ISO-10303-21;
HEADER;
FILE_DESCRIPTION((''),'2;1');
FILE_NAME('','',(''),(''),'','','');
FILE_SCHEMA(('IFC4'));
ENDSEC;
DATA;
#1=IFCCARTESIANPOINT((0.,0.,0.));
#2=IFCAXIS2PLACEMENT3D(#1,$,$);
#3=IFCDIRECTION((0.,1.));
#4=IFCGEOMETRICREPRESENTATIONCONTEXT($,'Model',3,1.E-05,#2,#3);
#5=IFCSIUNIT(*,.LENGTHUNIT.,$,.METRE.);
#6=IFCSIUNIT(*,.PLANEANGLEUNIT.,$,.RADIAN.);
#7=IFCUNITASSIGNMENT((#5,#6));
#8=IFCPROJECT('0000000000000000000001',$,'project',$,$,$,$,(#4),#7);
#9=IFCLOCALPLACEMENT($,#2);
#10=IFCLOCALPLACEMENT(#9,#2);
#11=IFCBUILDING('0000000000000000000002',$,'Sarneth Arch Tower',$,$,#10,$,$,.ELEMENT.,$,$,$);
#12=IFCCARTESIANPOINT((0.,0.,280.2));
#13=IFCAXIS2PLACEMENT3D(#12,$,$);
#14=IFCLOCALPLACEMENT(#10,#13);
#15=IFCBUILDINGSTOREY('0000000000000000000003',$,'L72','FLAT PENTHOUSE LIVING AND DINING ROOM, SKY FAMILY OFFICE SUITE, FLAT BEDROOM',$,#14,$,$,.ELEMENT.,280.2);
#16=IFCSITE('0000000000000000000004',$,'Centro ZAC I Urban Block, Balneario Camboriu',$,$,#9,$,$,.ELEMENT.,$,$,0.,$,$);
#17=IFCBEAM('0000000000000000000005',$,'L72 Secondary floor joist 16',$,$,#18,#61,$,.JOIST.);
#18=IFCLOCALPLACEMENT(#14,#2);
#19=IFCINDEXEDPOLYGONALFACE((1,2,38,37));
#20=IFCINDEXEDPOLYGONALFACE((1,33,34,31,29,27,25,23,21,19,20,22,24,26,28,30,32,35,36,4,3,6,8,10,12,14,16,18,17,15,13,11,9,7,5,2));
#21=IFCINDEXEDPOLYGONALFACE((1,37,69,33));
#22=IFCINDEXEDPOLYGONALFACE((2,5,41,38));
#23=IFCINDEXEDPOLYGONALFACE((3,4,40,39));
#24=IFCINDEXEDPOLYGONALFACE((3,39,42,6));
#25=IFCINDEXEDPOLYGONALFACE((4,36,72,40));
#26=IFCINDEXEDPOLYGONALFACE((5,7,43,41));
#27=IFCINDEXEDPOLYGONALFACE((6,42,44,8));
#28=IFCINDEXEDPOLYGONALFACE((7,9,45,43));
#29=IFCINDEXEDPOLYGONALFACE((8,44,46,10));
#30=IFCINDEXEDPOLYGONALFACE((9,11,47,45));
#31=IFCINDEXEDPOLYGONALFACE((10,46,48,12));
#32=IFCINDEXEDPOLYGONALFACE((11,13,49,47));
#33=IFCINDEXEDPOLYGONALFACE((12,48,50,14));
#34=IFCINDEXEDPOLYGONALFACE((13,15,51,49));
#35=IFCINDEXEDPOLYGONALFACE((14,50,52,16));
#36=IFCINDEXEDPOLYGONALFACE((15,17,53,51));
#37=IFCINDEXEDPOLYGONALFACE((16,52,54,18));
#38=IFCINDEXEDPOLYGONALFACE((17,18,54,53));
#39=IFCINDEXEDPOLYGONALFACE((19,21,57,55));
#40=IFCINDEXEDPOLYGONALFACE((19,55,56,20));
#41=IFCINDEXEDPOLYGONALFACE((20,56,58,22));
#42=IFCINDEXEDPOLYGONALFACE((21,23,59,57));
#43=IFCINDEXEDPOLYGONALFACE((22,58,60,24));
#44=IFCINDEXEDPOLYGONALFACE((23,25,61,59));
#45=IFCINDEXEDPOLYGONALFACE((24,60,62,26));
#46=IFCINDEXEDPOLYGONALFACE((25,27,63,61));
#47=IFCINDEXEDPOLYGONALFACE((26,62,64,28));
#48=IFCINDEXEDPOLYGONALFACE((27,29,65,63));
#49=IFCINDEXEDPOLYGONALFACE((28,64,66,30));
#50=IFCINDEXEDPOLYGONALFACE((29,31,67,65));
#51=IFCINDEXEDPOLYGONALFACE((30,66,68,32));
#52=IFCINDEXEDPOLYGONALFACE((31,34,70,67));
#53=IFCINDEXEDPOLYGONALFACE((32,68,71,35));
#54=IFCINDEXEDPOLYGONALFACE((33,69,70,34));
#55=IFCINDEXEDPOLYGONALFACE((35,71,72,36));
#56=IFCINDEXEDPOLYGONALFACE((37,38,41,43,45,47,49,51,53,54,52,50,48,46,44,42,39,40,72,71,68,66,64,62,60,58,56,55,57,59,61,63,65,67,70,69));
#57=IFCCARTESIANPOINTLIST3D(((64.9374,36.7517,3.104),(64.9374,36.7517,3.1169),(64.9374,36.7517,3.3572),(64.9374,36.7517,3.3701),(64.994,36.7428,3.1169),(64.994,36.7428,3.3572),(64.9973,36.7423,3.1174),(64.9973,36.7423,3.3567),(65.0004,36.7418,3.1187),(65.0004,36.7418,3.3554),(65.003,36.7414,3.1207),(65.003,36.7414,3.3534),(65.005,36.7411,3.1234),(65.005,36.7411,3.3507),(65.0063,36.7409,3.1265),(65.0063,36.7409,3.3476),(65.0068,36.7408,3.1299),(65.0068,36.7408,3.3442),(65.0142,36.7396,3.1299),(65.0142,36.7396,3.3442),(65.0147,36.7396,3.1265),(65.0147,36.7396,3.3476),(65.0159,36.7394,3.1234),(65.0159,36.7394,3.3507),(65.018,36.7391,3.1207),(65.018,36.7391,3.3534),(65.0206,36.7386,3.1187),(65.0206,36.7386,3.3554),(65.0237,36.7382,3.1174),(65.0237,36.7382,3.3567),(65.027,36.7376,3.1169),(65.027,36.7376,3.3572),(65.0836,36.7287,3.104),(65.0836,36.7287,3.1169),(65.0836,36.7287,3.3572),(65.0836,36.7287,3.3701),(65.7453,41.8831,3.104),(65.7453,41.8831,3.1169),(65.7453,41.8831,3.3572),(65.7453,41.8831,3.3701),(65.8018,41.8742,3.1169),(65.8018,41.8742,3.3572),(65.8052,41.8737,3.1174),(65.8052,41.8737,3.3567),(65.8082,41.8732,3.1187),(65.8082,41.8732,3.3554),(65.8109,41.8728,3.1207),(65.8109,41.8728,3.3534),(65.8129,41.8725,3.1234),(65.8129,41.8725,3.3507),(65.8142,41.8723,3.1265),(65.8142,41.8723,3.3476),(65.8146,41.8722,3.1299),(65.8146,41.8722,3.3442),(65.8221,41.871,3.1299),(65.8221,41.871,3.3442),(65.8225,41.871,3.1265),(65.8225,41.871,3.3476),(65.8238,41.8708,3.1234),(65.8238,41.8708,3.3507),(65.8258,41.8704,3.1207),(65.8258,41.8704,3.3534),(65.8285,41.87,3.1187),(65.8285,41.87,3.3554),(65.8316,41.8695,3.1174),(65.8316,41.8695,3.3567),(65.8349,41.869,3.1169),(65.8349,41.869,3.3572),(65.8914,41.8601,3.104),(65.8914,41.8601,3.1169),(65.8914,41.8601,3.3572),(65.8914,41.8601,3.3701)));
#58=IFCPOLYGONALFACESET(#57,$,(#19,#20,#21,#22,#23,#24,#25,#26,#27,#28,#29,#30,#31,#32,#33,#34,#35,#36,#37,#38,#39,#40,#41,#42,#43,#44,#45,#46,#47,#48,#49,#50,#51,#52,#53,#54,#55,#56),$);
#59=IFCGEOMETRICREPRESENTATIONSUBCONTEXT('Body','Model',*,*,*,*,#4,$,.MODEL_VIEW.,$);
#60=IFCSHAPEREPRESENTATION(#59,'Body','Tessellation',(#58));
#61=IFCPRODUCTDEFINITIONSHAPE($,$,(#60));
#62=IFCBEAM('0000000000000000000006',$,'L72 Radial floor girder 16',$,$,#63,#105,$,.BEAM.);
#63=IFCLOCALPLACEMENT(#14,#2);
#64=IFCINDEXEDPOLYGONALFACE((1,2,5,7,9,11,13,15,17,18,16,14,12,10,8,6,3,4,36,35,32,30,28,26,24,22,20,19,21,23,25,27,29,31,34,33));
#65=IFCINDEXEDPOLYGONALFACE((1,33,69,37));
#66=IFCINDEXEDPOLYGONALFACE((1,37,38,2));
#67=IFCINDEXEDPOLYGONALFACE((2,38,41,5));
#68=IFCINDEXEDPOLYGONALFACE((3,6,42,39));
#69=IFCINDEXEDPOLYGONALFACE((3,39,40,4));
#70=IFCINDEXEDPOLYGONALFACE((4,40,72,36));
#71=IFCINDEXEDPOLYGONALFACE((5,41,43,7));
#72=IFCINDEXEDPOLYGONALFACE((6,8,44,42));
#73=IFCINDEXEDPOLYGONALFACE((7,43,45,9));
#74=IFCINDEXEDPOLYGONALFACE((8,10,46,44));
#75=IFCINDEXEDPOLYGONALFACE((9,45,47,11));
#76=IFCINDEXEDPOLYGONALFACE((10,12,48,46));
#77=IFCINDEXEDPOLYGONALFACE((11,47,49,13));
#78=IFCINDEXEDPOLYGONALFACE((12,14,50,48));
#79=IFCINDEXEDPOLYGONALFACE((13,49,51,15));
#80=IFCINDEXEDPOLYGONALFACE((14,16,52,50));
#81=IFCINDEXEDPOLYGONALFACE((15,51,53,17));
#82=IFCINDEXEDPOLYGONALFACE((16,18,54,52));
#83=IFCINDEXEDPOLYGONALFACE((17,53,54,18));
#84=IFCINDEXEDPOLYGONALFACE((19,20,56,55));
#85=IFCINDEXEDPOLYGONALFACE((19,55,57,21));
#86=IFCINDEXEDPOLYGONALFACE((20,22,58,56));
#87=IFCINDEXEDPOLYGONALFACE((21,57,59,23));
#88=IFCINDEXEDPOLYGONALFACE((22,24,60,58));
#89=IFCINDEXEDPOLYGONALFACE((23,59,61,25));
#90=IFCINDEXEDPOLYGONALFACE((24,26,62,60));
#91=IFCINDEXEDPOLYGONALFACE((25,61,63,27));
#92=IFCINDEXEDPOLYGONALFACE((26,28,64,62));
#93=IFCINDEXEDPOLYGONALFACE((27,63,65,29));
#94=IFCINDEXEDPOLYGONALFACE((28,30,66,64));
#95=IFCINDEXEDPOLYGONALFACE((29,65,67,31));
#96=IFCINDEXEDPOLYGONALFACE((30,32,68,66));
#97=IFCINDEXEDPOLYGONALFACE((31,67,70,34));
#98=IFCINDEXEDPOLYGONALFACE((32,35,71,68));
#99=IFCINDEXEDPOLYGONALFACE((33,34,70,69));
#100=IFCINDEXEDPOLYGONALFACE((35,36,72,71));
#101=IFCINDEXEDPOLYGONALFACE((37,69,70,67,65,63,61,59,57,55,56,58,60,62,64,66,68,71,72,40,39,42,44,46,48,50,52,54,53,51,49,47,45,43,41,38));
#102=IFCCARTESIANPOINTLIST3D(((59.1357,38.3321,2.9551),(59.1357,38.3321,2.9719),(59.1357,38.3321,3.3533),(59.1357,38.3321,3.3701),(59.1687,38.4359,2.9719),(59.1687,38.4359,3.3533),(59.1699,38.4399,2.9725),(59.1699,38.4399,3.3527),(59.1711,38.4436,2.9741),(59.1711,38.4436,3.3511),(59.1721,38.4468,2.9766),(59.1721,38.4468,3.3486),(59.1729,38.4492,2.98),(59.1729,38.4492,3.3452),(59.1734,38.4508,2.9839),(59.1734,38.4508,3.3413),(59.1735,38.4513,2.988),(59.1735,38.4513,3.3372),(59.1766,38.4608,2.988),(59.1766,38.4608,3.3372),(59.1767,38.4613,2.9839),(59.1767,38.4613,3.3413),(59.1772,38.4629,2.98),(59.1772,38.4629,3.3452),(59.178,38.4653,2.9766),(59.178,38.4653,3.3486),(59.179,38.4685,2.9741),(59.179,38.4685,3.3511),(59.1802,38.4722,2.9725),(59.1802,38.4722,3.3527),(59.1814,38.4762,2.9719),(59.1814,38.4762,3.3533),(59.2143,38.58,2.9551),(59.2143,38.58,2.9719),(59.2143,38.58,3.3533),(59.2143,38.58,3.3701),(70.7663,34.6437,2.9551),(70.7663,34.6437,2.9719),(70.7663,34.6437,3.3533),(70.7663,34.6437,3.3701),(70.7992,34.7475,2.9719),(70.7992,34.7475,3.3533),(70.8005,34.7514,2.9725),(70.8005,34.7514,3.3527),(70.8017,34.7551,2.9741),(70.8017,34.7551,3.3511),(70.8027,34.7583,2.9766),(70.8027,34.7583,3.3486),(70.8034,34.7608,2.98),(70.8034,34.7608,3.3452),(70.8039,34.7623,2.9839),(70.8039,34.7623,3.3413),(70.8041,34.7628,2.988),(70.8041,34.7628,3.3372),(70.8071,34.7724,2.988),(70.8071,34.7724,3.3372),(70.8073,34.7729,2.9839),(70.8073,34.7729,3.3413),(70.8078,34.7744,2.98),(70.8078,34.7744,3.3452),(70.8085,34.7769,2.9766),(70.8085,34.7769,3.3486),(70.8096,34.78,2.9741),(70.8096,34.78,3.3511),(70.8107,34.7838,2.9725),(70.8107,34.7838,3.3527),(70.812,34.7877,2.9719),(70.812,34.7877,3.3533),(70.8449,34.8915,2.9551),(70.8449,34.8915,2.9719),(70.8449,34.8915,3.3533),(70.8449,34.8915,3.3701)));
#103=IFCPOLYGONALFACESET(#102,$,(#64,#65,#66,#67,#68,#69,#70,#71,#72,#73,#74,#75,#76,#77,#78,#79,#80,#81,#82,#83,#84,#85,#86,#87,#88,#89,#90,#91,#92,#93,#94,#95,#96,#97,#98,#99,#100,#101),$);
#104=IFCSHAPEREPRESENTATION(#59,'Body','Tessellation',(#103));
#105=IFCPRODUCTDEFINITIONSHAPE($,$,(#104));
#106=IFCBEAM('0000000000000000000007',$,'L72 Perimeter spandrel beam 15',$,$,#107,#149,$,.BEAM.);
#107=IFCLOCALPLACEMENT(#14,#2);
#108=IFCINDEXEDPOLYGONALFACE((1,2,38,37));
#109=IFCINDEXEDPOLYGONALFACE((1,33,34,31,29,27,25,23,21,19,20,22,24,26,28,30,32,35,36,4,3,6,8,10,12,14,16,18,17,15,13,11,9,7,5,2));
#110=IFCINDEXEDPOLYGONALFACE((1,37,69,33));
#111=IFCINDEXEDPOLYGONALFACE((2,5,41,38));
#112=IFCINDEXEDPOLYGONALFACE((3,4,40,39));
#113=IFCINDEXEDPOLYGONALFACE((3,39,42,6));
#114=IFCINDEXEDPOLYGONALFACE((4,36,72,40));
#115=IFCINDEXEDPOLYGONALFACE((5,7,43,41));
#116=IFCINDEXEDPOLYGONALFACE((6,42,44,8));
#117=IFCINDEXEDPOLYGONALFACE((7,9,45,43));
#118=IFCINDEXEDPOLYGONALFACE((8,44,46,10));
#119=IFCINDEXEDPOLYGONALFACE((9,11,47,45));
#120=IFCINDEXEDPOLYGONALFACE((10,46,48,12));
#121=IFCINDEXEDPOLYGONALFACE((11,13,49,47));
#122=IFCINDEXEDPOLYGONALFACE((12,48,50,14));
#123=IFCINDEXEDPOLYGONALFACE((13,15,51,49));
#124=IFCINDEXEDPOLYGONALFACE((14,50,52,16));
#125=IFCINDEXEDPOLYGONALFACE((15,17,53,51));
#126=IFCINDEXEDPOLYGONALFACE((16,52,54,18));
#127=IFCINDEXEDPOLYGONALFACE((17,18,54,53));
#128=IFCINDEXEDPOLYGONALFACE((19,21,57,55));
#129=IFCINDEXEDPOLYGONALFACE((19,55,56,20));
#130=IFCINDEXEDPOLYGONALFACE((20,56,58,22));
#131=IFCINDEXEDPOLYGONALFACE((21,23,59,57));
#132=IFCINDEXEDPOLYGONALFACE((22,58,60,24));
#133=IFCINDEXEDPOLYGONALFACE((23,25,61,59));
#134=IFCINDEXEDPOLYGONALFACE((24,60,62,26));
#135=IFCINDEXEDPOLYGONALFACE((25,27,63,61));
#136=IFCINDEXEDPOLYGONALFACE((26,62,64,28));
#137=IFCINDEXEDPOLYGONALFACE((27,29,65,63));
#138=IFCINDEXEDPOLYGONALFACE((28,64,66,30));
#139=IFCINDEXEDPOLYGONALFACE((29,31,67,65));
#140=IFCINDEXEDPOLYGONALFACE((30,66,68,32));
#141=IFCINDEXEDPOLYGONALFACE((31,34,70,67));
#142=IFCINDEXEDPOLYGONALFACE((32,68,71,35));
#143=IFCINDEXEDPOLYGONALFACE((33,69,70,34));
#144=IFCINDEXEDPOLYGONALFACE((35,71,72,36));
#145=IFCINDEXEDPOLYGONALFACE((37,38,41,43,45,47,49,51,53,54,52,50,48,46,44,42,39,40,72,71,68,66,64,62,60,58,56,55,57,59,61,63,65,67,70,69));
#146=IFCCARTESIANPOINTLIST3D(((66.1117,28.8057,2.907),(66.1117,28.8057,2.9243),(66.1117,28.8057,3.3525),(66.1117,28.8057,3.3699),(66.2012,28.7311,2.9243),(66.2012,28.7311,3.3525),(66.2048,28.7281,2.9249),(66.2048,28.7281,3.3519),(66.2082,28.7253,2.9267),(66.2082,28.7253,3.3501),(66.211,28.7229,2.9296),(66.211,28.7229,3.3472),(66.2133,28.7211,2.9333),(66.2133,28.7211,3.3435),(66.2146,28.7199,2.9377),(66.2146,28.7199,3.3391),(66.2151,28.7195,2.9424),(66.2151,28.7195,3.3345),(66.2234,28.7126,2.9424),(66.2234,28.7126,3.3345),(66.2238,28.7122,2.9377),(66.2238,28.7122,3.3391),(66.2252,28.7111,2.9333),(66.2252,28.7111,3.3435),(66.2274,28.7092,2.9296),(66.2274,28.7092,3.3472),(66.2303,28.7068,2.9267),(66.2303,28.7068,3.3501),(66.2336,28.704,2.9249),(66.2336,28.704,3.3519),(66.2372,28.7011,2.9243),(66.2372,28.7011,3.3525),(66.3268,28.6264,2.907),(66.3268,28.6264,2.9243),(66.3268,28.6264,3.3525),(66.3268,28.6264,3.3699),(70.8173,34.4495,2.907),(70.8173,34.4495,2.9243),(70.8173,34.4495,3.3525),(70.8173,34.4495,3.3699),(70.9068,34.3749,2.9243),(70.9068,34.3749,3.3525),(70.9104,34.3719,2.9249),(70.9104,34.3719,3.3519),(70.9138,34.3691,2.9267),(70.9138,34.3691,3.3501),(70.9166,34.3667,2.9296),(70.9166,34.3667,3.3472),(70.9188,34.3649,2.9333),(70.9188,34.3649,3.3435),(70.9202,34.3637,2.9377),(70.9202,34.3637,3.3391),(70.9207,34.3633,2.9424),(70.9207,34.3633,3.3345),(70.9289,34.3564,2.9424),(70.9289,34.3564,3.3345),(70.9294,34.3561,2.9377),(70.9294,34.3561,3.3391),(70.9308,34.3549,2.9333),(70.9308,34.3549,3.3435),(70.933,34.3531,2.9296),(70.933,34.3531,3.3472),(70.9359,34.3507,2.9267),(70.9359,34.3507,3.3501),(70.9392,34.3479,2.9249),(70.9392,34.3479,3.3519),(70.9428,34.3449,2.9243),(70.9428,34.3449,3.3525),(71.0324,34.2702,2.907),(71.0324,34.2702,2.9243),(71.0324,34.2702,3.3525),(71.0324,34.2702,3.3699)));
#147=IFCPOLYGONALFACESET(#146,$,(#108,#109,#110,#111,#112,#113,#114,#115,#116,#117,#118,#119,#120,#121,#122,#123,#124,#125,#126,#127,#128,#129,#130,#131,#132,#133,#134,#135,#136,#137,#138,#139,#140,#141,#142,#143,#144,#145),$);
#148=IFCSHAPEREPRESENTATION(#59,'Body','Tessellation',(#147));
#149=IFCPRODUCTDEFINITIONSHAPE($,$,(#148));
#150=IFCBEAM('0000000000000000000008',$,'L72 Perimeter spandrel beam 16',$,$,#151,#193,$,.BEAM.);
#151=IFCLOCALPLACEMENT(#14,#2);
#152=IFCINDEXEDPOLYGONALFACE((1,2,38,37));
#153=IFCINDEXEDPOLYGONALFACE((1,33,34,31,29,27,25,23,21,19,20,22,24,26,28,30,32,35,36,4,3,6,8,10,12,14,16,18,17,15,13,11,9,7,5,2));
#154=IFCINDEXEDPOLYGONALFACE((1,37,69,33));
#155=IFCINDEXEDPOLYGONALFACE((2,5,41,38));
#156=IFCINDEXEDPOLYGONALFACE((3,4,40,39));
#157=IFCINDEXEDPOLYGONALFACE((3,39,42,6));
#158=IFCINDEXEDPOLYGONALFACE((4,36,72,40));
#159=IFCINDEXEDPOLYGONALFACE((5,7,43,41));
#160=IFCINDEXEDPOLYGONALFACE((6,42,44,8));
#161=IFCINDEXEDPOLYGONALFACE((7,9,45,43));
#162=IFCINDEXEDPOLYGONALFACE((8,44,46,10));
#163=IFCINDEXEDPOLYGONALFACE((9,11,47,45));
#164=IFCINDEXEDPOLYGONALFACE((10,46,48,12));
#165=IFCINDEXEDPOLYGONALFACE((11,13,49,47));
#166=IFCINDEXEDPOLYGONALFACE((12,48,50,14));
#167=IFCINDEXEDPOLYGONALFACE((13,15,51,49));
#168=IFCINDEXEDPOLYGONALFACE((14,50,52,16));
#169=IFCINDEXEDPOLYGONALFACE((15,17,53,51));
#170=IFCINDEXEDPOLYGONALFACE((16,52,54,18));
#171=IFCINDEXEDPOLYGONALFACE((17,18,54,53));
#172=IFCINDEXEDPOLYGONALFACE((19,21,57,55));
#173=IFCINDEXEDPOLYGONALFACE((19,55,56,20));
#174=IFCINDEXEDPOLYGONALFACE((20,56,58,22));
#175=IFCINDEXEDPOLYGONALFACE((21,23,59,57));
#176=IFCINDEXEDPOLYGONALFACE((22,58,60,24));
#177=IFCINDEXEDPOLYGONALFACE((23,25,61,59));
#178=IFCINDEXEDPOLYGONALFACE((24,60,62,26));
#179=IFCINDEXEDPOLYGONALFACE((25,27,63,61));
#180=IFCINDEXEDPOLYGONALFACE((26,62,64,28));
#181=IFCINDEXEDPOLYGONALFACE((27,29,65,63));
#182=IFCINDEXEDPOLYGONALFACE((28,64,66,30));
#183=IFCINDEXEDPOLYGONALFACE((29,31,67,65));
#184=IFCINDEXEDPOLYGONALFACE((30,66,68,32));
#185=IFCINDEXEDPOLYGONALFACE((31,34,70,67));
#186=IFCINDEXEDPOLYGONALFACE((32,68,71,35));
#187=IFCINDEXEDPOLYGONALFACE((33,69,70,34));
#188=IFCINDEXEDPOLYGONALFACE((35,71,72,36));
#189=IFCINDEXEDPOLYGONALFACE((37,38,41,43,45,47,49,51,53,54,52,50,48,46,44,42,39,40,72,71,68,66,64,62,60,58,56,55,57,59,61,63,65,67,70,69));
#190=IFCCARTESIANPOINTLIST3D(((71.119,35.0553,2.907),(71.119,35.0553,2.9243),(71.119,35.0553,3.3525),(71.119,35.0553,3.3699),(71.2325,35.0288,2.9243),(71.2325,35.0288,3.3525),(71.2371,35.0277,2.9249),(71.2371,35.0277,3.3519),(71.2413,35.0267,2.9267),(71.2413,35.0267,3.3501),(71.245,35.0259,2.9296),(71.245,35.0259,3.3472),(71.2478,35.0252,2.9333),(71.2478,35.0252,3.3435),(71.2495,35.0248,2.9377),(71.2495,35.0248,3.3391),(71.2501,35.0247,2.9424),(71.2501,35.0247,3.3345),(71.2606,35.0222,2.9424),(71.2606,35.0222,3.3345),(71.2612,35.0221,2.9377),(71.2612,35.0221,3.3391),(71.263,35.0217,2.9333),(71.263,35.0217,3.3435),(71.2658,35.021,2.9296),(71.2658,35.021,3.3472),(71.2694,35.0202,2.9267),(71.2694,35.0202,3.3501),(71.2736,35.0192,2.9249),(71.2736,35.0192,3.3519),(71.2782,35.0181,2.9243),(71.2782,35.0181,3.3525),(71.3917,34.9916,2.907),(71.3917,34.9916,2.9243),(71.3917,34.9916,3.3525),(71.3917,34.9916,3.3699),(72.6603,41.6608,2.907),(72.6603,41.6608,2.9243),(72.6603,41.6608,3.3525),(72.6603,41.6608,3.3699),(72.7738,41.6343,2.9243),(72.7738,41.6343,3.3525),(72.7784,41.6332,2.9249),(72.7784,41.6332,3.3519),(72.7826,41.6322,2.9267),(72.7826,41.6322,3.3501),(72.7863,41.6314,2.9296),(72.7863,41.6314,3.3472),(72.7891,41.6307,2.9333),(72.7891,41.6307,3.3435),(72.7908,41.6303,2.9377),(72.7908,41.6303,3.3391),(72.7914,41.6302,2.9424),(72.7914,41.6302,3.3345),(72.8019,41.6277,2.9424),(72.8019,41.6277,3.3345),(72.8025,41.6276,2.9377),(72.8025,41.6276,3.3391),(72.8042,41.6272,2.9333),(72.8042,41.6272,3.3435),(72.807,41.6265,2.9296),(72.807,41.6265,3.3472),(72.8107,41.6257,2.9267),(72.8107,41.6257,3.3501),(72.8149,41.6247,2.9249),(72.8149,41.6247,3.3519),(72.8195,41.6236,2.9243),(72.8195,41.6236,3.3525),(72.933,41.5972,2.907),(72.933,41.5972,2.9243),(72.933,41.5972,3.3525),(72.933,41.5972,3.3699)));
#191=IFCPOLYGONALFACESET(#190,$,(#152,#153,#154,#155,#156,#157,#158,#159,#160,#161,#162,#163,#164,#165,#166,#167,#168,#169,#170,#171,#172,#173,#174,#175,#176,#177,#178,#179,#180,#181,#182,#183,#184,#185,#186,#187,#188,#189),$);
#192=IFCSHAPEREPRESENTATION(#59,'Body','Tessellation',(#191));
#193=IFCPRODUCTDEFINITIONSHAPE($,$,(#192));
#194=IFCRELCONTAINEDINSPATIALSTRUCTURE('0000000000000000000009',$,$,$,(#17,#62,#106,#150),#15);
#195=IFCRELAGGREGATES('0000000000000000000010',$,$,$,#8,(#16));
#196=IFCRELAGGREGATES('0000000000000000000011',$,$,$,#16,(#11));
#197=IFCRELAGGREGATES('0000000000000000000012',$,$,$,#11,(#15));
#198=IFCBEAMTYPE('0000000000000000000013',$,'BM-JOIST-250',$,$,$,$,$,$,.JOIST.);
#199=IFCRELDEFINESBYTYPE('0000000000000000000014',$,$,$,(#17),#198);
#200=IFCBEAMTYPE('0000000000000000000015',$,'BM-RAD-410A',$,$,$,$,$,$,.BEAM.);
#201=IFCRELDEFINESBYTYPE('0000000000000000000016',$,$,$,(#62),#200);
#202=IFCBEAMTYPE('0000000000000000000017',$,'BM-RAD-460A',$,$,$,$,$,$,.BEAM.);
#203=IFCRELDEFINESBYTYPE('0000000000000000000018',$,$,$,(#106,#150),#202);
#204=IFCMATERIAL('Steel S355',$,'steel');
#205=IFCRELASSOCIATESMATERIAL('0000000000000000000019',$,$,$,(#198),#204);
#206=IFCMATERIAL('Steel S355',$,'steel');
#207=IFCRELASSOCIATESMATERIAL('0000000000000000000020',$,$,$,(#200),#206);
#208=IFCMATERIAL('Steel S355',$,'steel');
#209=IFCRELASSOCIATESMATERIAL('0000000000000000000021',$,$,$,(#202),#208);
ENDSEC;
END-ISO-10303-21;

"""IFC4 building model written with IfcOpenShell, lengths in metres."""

from ifc_helpers import new_model, si_unit, direction, frame, origin, origin_2d, place, context, subcontext, project, spatial, i_section, extrude, material, material_profile, profile_set, type_object, element, save


model = new_model("IFC4")

# Units and contexts
model_context = context("Model", 3, precision=1e-05, world=origin(), true_north=direction((0.0, 1.0)))
body_context = subcontext(model_context, "Body", "Model", "MODEL_VIEW")
ifc_project = project(units=[si_unit("LENGTHUNIT", "METRE"), si_unit("PLANEANGLEUNIT", "RADIAN")], contexts=[model_context])

# Site, building, storey
site_placement = place(None, origin())
site = spatial("IfcSite", under=ifc_project, at=site_placement, Name="Centro ZAC I Urban Block, Balneario Camboriu", CompositionType="ELEMENT", RefElevation=0.0)
building_placement = place(site_placement, origin())
building = spatial("IfcBuilding", under=site, at=building_placement, Name="Sarneth Arch Tower", CompositionType="ELEMENT")
storey_placement = place(building_placement, frame((0.0, 0.0, 280.2)))
storey = spatial("IfcBuildingStorey", under=building, at=storey_placement, Name="L72", Description="FLAT PENTHOUSE LIVING AND DINING ROOM, SKY FAMILY OFFICE SUITE, FLAT BEDROOM", CompositionType="ELEMENT", Elevation=280.2)

# Beams
ifc_material_1 = material(Name="Steel S355", Category="steel")
ifc_material_profile_1 = material_profile(ifc_material_1, i_section(OverallWidth=0.1479, OverallDepth=0.2661, WebThickness=0.0076, FlangeThickness=0.0129, FilletRadius=0.0129, at=origin_2d()), Name="W250x44.8")
ifc_profile_set_1 = profile_set([ifc_material_profile_1], Name="Steel S355")
beam_type_1 = type_object("IfcBeamType", Name="BM-JOIST-250", PredefinedType="JOIST", material=ifc_profile_set_1)
beam_1_placement = place(storey_placement, frame((65.0105, 36.7402, 3.2371), z_axis=(0.155521, 0.987833, 0.0), x_axis=(-0.987833, 0.155521, 0.0)))
element("IfcBeam", 1, at=beam_1_placement, inside=storey, type_object=beam_type_1, Name="L72 Secondary floor joist 16", PredefinedType="JOIST", context=body_context, shape_type="SweptSolid", body=[
    extrude(i_section(OverallWidth=0.1479, OverallDepth=0.2661, WebThickness=0.0076, FlangeThickness=0.0129, FilletRadius=0.0129, at=origin_2d()), origin(), (0.0, 0.0, 1.0), 5.1946),
])
ifc_material_2 = material(Name="Steel S355", Category="steel")
ifc_material_profile_2 = material_profile(ifc_material_2, i_section(OverallWidth=0.26, OverallDepth=0.415, WebThickness=0.01, FlangeThickness=0.0168, FilletRadius=0.0161, at=origin_2d()), Name="W410x100")
ifc_profile_set_2 = profile_set([ifc_material_profile_2], Name="Steel S355")
beam_type_2 = type_object("IfcBeamType", Name="BM-RAD-410A", PredefinedType="BEAM", material=ifc_profile_set_2)
beam_2_placement = place(storey_placement, frame((59.175, 38.4561, 3.1626), z_axis=(0.953214, -0.302298, 0.0), x_axis=(0.302298, 0.953214, 0.0)))
element("IfcBeam", 2, at=beam_2_placement, inside=storey, type_object=beam_type_2, Name="L72 Radial floor girder 16", PredefinedType="BEAM", context=body_context, shape_type="SweptSolid", body=[
    extrude(i_section(OverallWidth=0.26, OverallDepth=0.415, WebThickness=0.01, FlangeThickness=0.0168, FilletRadius=0.0161, at=origin_2d()), origin(), (0.0, 0.0, 1.0), 12.2014),
])
ifc_material_3 = material(Name="Steel S355", Category="steel")
ifc_material_profile_3 = material_profile(ifc_material_3, i_section(OverallWidth=0.28, OverallDepth=0.4629, WebThickness=0.0107, FlangeThickness=0.0173, FilletRadius=0.0181, at=origin_2d()), Name="W460x113")
ifc_profile_set_3 = profile_set([ifc_material_profile_3], Name="Steel S355")
beam_type_3 = type_object("IfcBeamType", Name="BM-RAD-460A", PredefinedType="BEAM", material=ifc_profile_set_3)
beam_3_placement = place(storey_placement, frame((66.2192, 28.7161, 3.1384), z_axis=(0.640377, 0.768061, 0.0), x_axis=(-0.768061, 0.640377, 0.0)))
element("IfcBeam", 3, at=beam_3_placement, inside=storey, type_object=beam_type_3, Name="L72 Perimeter spandrel beam 15", PredefinedType="BEAM", context=body_context, shape_type="SweptSolid", body=[
    extrude(i_section(OverallWidth=0.28, OverallDepth=0.4629, WebThickness=0.0107, FlangeThickness=0.0173, FilletRadius=0.0181, at=origin_2d()), origin(), (0.0, 0.0, 1.0), 7.3481),
])
beam_4_placement = place(storey_placement, frame((71.2554, 35.0234, 3.1384), z_axis=(0.227227, 0.973842, 0.0), x_axis=(-0.973842, 0.227227, 0.0)))
element("IfcBeam", 4, at=beam_4_placement, inside=storey, type_object=beam_type_3, Name="L72 Perimeter spandrel beam 16", PredefinedType="BEAM", context=body_context, shape_type="SweptSolid", body=[
    extrude(i_section(OverallWidth=0.28, OverallDepth=0.4629, WebThickness=0.0107, FlangeThickness=0.0173, FilletRadius=0.0181, at=origin_2d()), origin(), (0.0, 0.0, 1.0), 6.783),
])

save(model, "model.ifc")
